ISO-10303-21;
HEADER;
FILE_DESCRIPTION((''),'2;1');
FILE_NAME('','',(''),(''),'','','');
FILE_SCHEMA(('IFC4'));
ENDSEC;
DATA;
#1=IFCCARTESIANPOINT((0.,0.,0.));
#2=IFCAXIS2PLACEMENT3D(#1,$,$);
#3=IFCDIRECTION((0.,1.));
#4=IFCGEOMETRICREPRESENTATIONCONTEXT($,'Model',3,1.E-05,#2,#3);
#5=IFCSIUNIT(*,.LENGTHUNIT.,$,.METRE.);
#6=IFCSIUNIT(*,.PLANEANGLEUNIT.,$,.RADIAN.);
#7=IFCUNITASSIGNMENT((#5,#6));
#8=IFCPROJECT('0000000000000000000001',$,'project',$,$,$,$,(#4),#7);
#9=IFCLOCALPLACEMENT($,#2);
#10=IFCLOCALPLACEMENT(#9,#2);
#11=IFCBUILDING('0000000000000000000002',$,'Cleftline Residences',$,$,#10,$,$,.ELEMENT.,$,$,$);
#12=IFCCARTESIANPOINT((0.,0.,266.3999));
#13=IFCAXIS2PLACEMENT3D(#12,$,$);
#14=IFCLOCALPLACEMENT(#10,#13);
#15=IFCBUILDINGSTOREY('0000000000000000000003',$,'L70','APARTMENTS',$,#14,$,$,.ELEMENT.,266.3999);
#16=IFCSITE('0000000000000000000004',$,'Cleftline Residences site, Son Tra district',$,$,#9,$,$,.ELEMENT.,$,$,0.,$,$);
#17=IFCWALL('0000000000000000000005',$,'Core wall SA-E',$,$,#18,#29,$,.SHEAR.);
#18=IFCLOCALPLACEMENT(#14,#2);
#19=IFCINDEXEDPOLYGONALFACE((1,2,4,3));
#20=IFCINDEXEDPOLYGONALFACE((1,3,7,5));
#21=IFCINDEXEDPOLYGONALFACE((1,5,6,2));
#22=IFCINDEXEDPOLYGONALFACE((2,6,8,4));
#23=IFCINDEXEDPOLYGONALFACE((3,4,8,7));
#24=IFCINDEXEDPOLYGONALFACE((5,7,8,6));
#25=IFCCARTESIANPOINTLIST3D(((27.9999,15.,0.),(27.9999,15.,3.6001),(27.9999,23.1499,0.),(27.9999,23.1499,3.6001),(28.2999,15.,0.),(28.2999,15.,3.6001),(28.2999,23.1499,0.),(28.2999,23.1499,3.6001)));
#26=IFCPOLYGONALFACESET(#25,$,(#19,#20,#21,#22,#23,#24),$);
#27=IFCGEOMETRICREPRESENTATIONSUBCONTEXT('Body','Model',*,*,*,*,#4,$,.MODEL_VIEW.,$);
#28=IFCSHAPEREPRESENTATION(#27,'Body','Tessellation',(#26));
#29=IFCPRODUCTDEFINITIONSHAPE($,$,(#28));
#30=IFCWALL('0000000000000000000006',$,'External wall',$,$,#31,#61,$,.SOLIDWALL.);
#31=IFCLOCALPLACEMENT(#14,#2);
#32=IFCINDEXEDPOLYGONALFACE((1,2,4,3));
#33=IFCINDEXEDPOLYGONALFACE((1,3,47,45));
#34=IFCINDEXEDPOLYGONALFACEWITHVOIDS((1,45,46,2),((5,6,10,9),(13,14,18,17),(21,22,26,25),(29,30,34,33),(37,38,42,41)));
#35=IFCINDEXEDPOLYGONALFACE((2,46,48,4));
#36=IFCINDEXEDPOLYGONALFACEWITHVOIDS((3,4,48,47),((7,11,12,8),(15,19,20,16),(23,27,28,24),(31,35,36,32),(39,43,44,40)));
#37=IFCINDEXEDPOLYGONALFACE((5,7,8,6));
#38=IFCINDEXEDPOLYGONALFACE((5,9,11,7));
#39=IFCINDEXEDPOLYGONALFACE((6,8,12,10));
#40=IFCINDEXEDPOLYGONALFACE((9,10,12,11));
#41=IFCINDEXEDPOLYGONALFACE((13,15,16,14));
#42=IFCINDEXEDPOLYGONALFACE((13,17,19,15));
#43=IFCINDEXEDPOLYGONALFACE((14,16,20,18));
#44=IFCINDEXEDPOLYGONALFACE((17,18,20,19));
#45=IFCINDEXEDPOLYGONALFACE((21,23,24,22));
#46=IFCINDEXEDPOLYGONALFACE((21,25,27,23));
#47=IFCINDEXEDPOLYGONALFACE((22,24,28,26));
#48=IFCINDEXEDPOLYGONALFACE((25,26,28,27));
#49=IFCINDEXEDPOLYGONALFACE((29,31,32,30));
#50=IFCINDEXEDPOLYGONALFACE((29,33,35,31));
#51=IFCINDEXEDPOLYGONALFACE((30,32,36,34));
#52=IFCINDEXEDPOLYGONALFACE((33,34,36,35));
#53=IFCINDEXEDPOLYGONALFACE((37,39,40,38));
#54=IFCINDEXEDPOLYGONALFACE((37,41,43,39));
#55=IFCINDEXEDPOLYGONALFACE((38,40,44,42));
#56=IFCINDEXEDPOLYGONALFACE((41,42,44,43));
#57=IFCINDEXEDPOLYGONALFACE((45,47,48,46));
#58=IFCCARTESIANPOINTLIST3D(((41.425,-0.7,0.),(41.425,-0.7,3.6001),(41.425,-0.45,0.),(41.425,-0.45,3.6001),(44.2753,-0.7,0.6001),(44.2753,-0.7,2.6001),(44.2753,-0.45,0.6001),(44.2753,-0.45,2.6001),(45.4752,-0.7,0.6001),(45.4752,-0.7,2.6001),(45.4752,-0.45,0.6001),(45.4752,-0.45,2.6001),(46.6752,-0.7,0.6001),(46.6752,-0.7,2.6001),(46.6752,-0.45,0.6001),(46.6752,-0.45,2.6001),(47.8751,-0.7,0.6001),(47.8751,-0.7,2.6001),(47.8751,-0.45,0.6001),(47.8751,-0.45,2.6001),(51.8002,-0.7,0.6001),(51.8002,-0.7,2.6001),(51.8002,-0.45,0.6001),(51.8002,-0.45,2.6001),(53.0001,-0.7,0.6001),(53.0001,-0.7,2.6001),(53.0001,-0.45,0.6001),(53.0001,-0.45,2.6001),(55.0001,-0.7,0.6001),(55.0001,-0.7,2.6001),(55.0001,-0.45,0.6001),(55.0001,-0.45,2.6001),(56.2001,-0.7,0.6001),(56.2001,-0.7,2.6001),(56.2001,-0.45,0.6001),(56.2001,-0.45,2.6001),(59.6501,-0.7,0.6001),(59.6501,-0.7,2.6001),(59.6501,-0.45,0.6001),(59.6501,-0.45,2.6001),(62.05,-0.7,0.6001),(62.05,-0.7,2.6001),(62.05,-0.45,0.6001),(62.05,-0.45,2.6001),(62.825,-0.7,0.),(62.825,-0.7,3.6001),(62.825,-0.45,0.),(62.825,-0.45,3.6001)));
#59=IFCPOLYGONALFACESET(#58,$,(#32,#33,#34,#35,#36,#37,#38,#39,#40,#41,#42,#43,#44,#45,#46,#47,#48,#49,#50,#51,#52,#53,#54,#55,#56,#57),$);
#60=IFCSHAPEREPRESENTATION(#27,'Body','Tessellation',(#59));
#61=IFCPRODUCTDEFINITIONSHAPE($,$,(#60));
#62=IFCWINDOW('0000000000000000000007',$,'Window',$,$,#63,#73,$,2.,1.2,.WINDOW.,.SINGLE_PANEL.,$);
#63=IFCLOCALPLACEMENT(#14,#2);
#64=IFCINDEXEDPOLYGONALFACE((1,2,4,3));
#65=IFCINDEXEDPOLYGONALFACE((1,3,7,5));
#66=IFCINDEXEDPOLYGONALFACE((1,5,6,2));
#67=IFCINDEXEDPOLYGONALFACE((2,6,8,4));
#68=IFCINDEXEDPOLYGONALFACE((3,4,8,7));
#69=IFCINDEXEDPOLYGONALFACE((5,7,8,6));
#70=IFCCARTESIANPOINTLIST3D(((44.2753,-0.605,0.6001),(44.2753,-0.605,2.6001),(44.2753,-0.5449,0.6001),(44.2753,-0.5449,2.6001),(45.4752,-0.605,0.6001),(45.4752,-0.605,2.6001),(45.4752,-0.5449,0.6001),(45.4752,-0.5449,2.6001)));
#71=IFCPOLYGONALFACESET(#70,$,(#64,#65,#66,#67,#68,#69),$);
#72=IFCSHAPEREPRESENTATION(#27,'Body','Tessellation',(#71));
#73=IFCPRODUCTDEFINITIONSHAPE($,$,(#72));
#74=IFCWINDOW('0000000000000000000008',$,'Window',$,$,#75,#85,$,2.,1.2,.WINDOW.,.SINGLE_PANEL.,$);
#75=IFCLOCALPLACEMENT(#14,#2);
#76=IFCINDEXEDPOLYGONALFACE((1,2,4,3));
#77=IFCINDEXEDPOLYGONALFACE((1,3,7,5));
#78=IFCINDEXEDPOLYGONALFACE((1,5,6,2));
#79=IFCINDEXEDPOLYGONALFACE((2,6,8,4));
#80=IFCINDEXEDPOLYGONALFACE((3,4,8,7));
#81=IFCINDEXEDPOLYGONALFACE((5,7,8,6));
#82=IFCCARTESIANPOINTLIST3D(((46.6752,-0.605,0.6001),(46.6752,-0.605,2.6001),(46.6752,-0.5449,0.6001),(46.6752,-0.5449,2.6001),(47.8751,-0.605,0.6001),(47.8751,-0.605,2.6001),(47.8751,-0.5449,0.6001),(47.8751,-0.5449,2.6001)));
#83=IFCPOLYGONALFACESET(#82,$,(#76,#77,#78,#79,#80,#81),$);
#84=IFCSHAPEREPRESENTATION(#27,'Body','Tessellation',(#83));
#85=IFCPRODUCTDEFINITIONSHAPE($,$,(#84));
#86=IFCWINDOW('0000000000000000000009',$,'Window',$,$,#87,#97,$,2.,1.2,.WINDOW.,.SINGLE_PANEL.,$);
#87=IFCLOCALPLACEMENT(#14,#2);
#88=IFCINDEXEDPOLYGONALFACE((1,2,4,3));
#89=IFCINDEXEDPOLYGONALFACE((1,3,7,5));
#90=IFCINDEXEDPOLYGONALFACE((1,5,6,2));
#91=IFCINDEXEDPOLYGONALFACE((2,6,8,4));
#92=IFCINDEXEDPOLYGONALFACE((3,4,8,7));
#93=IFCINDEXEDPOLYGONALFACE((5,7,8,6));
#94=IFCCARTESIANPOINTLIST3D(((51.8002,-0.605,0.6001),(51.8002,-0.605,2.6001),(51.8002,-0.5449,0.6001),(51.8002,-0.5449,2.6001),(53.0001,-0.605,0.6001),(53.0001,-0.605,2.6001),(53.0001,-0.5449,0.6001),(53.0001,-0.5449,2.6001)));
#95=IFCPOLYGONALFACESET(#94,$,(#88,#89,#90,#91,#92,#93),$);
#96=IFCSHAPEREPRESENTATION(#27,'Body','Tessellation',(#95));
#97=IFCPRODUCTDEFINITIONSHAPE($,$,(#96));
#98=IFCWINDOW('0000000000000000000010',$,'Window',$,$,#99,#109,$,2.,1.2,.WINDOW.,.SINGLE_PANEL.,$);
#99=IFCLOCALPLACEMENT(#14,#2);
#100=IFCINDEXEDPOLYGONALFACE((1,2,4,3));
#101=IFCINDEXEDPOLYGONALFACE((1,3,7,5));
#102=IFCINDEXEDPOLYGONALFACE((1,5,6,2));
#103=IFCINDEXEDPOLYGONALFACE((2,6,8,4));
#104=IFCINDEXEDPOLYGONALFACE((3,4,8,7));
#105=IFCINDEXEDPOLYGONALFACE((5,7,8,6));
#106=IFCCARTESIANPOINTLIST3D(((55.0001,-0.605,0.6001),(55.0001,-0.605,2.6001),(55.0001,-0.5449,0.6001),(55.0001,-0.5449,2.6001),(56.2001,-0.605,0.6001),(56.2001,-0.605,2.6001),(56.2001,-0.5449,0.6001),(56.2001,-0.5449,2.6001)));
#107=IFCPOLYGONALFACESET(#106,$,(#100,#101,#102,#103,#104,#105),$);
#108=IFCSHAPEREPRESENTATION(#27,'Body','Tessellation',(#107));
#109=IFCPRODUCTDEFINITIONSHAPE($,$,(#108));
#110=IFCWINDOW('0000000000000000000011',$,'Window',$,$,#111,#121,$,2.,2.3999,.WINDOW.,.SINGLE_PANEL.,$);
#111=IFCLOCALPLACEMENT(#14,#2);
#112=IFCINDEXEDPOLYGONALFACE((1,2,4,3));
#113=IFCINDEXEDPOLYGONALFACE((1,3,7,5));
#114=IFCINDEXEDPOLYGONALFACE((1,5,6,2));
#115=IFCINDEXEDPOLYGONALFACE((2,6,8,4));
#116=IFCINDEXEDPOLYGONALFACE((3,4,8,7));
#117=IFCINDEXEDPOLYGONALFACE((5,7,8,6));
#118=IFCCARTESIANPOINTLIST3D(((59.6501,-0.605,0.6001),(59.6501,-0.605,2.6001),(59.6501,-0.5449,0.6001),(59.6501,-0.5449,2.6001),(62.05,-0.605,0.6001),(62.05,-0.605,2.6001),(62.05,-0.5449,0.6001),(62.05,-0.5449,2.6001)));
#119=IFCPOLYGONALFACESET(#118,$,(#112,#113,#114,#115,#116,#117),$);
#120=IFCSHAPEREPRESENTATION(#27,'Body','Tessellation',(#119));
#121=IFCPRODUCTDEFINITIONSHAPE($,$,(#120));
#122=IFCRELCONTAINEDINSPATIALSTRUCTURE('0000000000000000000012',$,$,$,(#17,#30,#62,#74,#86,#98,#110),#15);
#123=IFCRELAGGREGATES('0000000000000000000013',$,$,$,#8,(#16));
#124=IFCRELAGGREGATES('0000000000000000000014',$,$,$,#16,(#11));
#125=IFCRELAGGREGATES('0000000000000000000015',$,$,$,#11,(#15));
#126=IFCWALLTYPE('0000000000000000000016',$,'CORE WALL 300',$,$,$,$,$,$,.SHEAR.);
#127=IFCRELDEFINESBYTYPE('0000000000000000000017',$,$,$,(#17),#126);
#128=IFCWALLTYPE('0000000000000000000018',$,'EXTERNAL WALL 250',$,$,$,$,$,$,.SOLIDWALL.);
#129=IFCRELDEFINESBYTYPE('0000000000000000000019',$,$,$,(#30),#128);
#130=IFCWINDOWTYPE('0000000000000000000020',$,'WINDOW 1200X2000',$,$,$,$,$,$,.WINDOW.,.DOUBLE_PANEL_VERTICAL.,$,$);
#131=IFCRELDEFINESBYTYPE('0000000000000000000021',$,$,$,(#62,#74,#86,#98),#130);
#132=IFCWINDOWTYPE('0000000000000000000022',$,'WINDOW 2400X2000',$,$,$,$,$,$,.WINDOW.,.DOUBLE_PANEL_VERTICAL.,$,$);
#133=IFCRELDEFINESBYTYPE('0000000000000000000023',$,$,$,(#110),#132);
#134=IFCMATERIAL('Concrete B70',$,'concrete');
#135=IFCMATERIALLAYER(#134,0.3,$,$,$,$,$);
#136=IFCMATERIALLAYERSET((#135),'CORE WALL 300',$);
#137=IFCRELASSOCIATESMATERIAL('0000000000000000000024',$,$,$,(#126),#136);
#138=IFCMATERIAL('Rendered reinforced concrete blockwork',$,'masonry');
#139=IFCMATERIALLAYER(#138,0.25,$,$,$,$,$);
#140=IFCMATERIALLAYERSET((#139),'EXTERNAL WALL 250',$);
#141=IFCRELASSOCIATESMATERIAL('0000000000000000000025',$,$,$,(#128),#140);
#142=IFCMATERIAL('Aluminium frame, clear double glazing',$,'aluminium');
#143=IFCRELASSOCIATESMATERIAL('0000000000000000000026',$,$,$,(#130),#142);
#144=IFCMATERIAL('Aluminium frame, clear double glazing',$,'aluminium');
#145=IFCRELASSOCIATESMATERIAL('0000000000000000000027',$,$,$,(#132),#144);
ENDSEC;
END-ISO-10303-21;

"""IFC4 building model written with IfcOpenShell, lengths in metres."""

from ifc_helpers import new_model, si_unit, direction, frame, frame_2d, origin, place, context, subcontext, project, spatial, rectangle, extrude, material, layer, layer_set, type_object, element, fill, save


model = new_model("IFC4")

# Units and contexts
model_context = context("Model", 3, precision=1e-05, world=origin(), true_north=direction((0.0, 1.0)))
body_context = subcontext(model_context, "Body", "Model", "MODEL_VIEW")
ifc_project = project(units=[si_unit("LENGTHUNIT", "METRE"), si_unit("PLANEANGLEUNIT", "RADIAN")], contexts=[model_context])

# Site, building, storey
site_placement = place(None, origin())
site = spatial("IfcSite", under=ifc_project, at=site_placement, Name="Cleftline Residences site, Son Tra district", CompositionType="ELEMENT", RefElevation=0.0)
building_placement = place(site_placement, origin())
building = spatial("IfcBuilding", under=site, at=building_placement, Name="Cleftline Residences", CompositionType="ELEMENT")
storey_placement = place(building_placement, frame((0.0, 0.0, 266.3999)))
storey = spatial("IfcBuildingStorey", under=building, at=storey_placement, Name="L70", Description="APARTMENTS", CompositionType="ELEMENT", Elevation=266.3999)

# Wall
ifc_material_1 = material(Name="Concrete B70", Category="concrete")
ifc_layer_1 = layer(ifc_material_1, 0.3)
ifc_layer_set_1 = layer_set([ifc_layer_1], Name="CORE WALL 300")
wall_type_1 = type_object("IfcWallType", Name="CORE WALL 300", PredefinedType="SHEAR", material=ifc_layer_set_1)
wall_1_placement = place(storey_placement, frame((28.1499, 15.0, 0.0), z_axis=(0.0, 0.0, 1.0), x_axis=(0.0, 1.0, 0.0)))
element("IfcWall", 1, at=wall_1_placement, inside=storey, type_object=wall_type_1, Name="Core wall SA-E", PredefinedType="SHEAR", context=body_context, shape_type="SweptSolid", body=[
    extrude(rectangle(XDim=8.1499, YDim=0.3, at=frame_2d((4.075, 0.0))), origin(), (0.0, 0.0, 1.0), 3.6001),
])

# Wall, openings, windows
ifc_material_2 = material(Name="Rendered reinforced concrete blockwork", Category="masonry")
ifc_layer_2 = layer(ifc_material_2, 0.25)
ifc_layer_set_2 = layer_set([ifc_layer_2], Name="EXTERNAL WALL 250")
wall_type_2 = type_object("IfcWallType", Name="EXTERNAL WALL 250", PredefinedType="SOLIDWALL", material=ifc_layer_set_2)
wall_2_placement = place(storey_placement, frame((41.425, -0.575, 0.0), z_axis=(0.0, 0.0, 1.0), x_axis=(1.0, 0.0, 0.0)))
wall_2 = element("IfcWall", 2, at=wall_2_placement, inside=storey, type_object=wall_type_2, Name="External wall", PredefinedType="SOLIDWALL", context=body_context, shape_type="SweptSolid", body=[
    extrude(rectangle(XDim=21.3999, YDim=0.25, at=frame_2d((10.7, 0.0))), origin(), (0.0, 0.0, 1.0), 3.6001),
])
opening_1_placement = place(wall_2_placement, frame((2.8501, 0.0, 0.6001)))
opening_1 = element("IfcOpeningElement", 3, at=opening_1_placement, cuts=wall_2, PredefinedType="OPENING", context=body_context, shape_type="SweptSolid", body=[
    extrude(rectangle(XDim=1.2, YDim=2.0, at=frame_2d((0.6001, 1.0))), frame((0.0, 0.135, 0.0), z_axis=(0.0, -1.0, 0.0), x_axis=(1.0, 0.0, 0.0)), (0.0, 0.0, 1.0), 0.27),
])
opening_2_placement = place(wall_2_placement, frame((5.25, 0.0, 0.6001)))
opening_2 = element("IfcOpeningElement", 4, at=opening_2_placement, cuts=wall_2, PredefinedType="OPENING", context=body_context, shape_type="SweptSolid", body=[
    extrude(rectangle(XDim=1.2, YDim=2.0, at=frame_2d((0.6001, 1.0))), frame((0.0, 0.135, 0.0), z_axis=(0.0, -1.0, 0.0), x_axis=(1.0, 0.0, 0.0)), (0.0, 0.0, 1.0), 0.27),
])
opening_3_placement = place(wall_2_placement, frame((10.375, 0.0, 0.6001)))
opening_3 = element("IfcOpeningElement", 5, at=opening_3_placement, cuts=wall_2, PredefinedType="OPENING", context=body_context, shape_type="SweptSolid", body=[
    extrude(rectangle(XDim=1.2, YDim=2.0, at=frame_2d((0.6001, 1.0))), frame((0.0, 0.135, 0.0), z_axis=(0.0, -1.0, 0.0), x_axis=(1.0, 0.0, 0.0)), (0.0, 0.0, 1.0), 0.27),
])
opening_4_placement = place(wall_2_placement, frame((13.575, 0.0, 0.6001)))
opening_4 = element("IfcOpeningElement", 6, at=opening_4_placement, cuts=wall_2, PredefinedType="OPENING", context=body_context, shape_type="SweptSolid", body=[
    extrude(rectangle(XDim=1.2, YDim=2.0, at=frame_2d((0.6001, 1.0))), frame((0.0, 0.135, 0.0), z_axis=(0.0, -1.0, 0.0), x_axis=(1.0, 0.0, 0.0)), (0.0, 0.0, 1.0), 0.27),
])
opening_5_placement = place(wall_2_placement, frame((18.2251, 0.0, 0.6001)))
opening_5 = element("IfcOpeningElement", 7, at=opening_5_placement, cuts=wall_2, PredefinedType="OPENING", context=body_context, shape_type="SweptSolid", body=[
    extrude(rectangle(XDim=2.3999, YDim=2.0, at=frame_2d((1.2, 1.0))), frame((0.0, 0.135, 0.0), z_axis=(0.0, -1.0, 0.0), x_axis=(1.0, 0.0, 0.0)), (0.0, 0.0, 1.0), 0.27),
])
ifc_material_3 = material(Name="Aluminium frame, clear double glazing", Category="aluminium")
window_type_1 = type_object("IfcWindowType", Name="WINDOW 1200X2000", PartitioningType="DOUBLE_PANEL_VERTICAL", PredefinedType="WINDOW", material=ifc_material_3)
window_1_placement = place(opening_1_placement, origin())
window_1 = element("IfcWindow", 8, at=window_1_placement, inside=storey, type_object=window_type_1, Name="Window", OverallHeight=2.0, OverallWidth=1.2, PartitioningType="SINGLE_PANEL", PredefinedType="WINDOW", context=body_context, shape_type="SweptSolid", body=[
    extrude(rectangle(XDim=1.2, YDim=2.0, at=frame_2d((0.6001, 1.0))), frame((0.0, 0.03, 0.0), z_axis=(0.0, -1.0, 0.0), x_axis=(1.0, 0.0, 0.0)), (0.0, 0.0, 1.0), 0.0601),
])
fill(opening_1, window_1)
window_2_placement = place(opening_2_placement, origin())
window_2 = element("IfcWindow", 9, at=window_2_placement, inside=storey, type_object=window_type_1, Name="Window", OverallHeight=2.0, OverallWidth=1.2, PartitioningType="SINGLE_PANEL", PredefinedType="WINDOW", context=body_context, shape_type="SweptSolid", body=[
    extrude(rectangle(XDim=1.2, YDim=2.0, at=frame_2d((0.6001, 1.0))), frame((0.0, 0.03, 0.0), z_axis=(0.0, -1.0, 0.0), x_axis=(1.0, 0.0, 0.0)), (0.0, 0.0, 1.0), 0.0601),
])
fill(opening_2, window_2)
window_3_placement = place(opening_3_placement, origin())
window_3 = element("IfcWindow", 10, at=window_3_placement, inside=storey, type_object=window_type_1, Name="Window", OverallHeight=2.0, OverallWidth=1.2, PartitioningType="SINGLE_PANEL", PredefinedType="WINDOW", context=body_context, shape_type="SweptSolid", body=[
    extrude(rectangle(XDim=1.2, YDim=2.0, at=frame_2d((0.6001, 1.0))), frame((0.0, 0.03, 0.0), z_axis=(0.0, -1.0, 0.0), x_axis=(1.0, 0.0, 0.0)), (0.0, 0.0, 1.0), 0.0601),
])
fill(opening_3, window_3)
window_4_placement = place(opening_4_placement, origin())
window_4 = element("IfcWindow", 11, at=window_4_placement, inside=storey, type_object=window_type_1, Name="Window", OverallHeight=2.0, OverallWidth=1.2, PartitioningType="SINGLE_PANEL", PredefinedType="WINDOW", context=body_context, shape_type="SweptSolid", body=[
    extrude(rectangle(XDim=1.2, YDim=2.0, at=frame_2d((0.6001, 1.0))), frame((0.0, 0.03, 0.0), z_axis=(0.0, -1.0, 0.0), x_axis=(1.0, 0.0, 0.0)), (0.0, 0.0, 1.0), 0.0601),
])
fill(opening_4, window_4)
ifc_material_4 = material(Name="Aluminium frame, clear double glazing", Category="aluminium")
window_type_2 = type_object("IfcWindowType", Name="WINDOW 2400X2000", PartitioningType="DOUBLE_PANEL_VERTICAL", PredefinedType="WINDOW", material=ifc_material_4)
window_5_placement = place(opening_5_placement, origin())
window_5 = element("IfcWindow", 12, at=window_5_placement, inside=storey, type_object=window_type_2, Name="Window", OverallHeight=2.0, OverallWidth=2.3999, PartitioningType="SINGLE_PANEL", PredefinedType="WINDOW", context=body_context, shape_type="SweptSolid", body=[
    extrude(rectangle(XDim=2.3999, YDim=2.0, at=frame_2d((1.2, 1.0))), frame((0.0, 0.03, 0.0), z_axis=(0.0, -1.0, 0.0), x_axis=(1.0, 0.0, 0.0)), (0.0, 0.0, 1.0), 0.0601),
])
fill(opening_5, window_5)

save(model, "model.ifc")
